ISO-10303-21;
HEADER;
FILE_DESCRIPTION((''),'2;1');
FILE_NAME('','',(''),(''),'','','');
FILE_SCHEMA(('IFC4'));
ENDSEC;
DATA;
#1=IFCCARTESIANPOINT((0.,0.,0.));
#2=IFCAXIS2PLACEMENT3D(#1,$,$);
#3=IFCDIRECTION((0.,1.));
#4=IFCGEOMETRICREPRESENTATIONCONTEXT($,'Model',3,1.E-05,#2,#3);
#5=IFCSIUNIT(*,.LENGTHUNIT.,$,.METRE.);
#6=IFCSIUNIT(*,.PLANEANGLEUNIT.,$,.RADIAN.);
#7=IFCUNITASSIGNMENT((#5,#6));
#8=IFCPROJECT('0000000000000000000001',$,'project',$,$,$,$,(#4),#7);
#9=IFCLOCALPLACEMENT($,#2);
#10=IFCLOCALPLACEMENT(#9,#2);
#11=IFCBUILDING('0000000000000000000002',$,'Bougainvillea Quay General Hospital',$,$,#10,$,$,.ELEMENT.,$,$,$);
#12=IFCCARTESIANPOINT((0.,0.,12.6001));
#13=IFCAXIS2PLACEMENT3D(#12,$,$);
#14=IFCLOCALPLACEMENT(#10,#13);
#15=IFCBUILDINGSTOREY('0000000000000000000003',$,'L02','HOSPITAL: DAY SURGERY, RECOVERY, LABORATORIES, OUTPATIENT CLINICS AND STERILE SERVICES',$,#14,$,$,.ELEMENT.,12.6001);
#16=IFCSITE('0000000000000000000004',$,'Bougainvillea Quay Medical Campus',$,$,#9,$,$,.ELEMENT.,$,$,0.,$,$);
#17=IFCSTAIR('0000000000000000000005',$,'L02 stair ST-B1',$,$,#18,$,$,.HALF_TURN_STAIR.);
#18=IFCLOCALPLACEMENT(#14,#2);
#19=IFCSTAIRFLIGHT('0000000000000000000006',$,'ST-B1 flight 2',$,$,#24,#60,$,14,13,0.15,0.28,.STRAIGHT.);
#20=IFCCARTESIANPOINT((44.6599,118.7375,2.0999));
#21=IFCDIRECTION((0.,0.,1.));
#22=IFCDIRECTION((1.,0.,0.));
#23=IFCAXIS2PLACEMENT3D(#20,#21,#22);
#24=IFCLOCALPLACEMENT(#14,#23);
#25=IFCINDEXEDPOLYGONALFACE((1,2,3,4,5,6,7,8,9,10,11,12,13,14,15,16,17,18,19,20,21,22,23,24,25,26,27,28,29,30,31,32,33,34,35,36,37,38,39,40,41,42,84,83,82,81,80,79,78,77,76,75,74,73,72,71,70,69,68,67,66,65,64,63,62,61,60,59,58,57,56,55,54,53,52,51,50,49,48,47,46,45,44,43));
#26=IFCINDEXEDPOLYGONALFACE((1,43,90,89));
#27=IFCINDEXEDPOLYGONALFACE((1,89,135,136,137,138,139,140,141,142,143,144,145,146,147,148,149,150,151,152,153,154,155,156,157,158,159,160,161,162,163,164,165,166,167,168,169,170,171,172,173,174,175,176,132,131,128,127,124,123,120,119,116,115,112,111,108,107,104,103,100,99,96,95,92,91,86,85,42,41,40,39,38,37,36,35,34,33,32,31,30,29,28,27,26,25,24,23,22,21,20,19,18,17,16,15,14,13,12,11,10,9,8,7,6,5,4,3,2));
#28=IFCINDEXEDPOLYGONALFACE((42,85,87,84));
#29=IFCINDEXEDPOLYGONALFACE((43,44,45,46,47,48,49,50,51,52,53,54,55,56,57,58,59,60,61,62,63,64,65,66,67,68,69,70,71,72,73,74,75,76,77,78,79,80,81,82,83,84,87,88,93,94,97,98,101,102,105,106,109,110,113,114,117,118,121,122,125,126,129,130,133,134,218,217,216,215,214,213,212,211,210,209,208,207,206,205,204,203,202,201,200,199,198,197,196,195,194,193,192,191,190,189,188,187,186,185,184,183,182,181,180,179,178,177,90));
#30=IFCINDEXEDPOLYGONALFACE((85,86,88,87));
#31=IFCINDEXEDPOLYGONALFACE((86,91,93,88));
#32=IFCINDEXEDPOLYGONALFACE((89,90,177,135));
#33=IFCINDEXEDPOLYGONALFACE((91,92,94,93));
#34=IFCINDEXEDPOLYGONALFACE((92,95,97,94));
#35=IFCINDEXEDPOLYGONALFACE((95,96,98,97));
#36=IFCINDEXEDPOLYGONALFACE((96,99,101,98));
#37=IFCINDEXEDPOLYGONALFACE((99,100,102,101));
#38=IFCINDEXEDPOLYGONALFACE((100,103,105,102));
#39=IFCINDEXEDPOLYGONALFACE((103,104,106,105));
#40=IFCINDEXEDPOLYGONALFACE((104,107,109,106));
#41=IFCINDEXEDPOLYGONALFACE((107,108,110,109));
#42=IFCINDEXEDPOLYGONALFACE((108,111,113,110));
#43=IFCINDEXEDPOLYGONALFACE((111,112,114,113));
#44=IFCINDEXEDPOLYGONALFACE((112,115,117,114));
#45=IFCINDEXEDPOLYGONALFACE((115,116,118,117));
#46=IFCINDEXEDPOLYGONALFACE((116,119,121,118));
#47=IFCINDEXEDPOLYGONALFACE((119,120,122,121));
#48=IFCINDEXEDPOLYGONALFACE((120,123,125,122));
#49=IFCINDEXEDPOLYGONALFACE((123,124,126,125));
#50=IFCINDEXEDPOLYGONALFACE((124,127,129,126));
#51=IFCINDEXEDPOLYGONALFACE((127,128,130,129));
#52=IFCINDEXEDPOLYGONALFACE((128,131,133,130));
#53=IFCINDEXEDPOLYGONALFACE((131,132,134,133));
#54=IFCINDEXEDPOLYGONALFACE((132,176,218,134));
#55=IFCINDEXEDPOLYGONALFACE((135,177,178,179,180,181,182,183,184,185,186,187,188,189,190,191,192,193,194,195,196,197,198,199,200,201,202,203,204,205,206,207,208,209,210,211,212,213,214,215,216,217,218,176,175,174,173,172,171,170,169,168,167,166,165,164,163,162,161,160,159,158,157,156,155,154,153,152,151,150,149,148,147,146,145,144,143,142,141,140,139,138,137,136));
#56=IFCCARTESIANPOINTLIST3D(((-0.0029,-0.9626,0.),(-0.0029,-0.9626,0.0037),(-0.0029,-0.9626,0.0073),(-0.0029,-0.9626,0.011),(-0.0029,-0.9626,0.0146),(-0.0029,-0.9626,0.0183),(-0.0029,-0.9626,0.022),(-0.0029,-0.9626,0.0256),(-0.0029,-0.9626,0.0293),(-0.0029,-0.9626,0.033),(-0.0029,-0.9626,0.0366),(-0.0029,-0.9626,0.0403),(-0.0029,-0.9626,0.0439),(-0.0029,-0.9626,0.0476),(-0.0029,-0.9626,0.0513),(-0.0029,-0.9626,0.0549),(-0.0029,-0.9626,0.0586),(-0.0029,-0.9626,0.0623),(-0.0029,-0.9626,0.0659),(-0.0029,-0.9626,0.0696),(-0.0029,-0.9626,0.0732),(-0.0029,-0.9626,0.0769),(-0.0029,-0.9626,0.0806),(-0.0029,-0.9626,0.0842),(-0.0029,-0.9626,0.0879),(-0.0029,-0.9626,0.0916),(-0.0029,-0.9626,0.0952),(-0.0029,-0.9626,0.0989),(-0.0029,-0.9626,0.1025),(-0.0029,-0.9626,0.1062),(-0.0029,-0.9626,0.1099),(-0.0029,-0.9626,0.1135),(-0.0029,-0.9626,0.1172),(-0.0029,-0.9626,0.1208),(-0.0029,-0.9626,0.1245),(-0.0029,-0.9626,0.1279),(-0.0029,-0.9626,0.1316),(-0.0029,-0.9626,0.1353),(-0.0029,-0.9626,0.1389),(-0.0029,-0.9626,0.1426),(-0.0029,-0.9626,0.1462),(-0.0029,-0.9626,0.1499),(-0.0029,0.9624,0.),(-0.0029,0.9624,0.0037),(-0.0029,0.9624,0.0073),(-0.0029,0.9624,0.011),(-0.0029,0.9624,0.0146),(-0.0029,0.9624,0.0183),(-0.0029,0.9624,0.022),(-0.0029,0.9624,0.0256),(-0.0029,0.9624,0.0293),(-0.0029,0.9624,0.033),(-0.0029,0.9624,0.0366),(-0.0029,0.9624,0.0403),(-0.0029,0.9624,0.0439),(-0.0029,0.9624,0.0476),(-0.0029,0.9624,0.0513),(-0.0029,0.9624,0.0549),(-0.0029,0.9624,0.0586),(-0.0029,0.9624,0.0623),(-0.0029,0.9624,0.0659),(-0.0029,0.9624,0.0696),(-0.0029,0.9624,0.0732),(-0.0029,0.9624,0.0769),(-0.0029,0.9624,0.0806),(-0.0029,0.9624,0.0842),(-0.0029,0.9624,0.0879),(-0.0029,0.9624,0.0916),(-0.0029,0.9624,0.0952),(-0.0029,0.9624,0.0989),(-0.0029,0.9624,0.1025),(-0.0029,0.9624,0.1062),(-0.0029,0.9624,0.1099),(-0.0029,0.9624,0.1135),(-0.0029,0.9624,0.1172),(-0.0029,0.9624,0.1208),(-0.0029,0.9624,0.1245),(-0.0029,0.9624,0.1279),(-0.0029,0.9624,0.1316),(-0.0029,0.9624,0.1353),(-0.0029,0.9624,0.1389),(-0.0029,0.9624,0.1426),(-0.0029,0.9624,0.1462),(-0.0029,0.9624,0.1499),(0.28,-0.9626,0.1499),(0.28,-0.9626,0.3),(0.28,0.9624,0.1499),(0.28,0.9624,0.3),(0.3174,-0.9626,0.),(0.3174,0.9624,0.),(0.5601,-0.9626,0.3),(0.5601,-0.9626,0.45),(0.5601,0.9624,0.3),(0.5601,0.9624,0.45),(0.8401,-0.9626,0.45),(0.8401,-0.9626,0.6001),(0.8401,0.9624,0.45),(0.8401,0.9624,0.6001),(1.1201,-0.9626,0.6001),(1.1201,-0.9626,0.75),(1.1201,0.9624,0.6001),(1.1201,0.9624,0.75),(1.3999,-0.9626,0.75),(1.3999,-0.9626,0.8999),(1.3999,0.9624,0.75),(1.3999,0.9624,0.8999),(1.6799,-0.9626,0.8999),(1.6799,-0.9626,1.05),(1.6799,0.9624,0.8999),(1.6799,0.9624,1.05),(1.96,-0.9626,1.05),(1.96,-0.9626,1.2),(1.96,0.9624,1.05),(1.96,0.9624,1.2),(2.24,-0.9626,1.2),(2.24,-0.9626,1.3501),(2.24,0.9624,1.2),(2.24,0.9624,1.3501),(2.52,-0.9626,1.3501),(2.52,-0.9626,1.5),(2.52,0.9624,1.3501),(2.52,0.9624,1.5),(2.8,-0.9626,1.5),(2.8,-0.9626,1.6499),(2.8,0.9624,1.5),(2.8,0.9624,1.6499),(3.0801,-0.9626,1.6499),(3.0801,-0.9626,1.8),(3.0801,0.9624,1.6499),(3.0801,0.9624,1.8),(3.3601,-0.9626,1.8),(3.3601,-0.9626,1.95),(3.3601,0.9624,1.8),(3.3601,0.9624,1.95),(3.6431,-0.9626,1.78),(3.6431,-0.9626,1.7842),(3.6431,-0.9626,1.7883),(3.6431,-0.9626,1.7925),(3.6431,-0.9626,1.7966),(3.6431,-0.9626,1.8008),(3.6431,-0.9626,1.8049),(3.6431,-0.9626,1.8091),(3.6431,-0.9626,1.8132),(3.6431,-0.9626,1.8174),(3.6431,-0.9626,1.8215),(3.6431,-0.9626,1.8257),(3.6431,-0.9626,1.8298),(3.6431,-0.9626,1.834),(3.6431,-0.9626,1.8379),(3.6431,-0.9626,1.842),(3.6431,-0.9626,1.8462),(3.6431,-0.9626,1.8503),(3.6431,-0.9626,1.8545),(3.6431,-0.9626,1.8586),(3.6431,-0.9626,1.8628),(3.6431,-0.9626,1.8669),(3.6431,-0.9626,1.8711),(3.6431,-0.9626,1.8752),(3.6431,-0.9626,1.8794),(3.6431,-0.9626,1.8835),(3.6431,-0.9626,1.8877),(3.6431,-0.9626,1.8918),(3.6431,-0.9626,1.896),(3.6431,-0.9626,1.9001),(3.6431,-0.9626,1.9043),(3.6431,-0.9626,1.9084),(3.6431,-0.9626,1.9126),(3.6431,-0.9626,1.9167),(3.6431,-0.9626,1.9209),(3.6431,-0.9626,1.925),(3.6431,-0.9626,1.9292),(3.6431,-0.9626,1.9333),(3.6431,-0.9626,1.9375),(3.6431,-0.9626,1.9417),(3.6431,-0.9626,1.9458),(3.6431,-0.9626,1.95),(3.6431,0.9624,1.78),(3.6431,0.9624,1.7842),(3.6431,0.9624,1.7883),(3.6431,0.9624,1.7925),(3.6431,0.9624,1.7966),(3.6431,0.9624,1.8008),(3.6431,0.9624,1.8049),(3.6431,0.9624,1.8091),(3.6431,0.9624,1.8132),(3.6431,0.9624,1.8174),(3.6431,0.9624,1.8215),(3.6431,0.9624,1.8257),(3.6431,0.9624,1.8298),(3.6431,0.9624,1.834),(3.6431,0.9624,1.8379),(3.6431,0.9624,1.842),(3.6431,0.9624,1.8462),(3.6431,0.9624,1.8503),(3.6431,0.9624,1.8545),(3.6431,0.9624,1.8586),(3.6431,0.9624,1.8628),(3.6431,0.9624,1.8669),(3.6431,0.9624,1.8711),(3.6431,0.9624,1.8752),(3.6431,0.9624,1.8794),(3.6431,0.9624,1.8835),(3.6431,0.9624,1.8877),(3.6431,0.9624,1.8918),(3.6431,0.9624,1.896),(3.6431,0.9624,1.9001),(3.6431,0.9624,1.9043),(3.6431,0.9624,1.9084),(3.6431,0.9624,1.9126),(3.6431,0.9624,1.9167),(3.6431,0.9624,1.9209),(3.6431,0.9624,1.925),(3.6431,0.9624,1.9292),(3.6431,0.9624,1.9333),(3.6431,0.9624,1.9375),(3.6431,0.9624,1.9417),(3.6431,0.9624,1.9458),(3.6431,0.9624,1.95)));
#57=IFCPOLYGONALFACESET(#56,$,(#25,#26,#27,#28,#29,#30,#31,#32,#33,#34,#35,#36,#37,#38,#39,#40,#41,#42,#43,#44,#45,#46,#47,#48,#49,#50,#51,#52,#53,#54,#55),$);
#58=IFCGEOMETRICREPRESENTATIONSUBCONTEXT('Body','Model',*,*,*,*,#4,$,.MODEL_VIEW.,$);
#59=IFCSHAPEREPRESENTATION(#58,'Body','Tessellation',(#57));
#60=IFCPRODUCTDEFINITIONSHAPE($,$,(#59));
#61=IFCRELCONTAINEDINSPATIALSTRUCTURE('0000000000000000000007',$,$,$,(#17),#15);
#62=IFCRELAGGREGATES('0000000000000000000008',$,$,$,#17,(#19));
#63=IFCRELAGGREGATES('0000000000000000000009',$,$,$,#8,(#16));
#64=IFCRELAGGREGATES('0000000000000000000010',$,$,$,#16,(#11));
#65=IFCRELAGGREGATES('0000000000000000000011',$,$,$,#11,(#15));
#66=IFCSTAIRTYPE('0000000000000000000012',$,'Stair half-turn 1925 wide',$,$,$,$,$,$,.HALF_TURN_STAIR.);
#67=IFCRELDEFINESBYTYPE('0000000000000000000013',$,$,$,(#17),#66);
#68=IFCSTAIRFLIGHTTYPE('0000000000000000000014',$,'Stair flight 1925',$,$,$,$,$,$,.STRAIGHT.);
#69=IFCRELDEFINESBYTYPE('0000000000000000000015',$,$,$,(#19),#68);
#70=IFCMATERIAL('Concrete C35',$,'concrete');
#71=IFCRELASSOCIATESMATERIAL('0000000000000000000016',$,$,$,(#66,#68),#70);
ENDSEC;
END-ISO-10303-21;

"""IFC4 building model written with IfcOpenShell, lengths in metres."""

from ifc_helpers import new_model, si_unit, direction, frame, origin, place, context, subcontext, project, spatial, polyline, outline, extrude, material, type_object, element, aggregate, save


model = new_model("IFC4")

# Units and contexts
model_context = context("Model", 3, precision=1e-05, world=origin(), true_north=direction((0.0, 1.0)))
body_context = subcontext(model_context, "Body", "Model", "MODEL_VIEW")
ifc_project = project(units=[si_unit("LENGTHUNIT", "METRE"), si_unit("PLANEANGLEUNIT", "RADIAN")], contexts=[model_context])

# Site, building, storey
site_placement = place(None, origin())
site = spatial("IfcSite", under=ifc_project, at=site_placement, Name="Bougainvillea Quay Medical Campus", CompositionType="ELEMENT", RefElevation=0.0)
building_placement = place(site_placement, origin())
building = spatial("IfcBuilding", under=site, at=building_placement, Name="Bougainvillea Quay General Hospital", CompositionType="ELEMENT")
storey_placement = place(building_placement, frame((0.0, 0.0, 12.6001)))
storey = spatial("IfcBuildingStorey", under=building, at=storey_placement, Name="L02", Description="HOSPITAL: DAY SURGERY, RECOVERY, LABORATORIES, OUTPATIENT CLINICS AND STERILE SERVICES", CompositionType="ELEMENT", Elevation=12.6001)

# Stair, stair flight
ifc_material_1 = material(Name="Concrete C35", Category="concrete")
stair_type = type_object("IfcStairType", Name="Stair half-turn 1925 wide", PredefinedType="HALF_TURN_STAIR", material=ifc_material_1)
stair_placement = place(storey_placement, origin())
stair = element("IfcStair", 1, at=stair_placement, inside=storey, type_object=stair_type, Name="L02 stair ST-B1", PredefinedType="HALF_TURN_STAIR")
stair_flight_type = type_object("IfcStairFlightType", Name="Stair flight 1925", PredefinedType="STRAIGHT", material=ifc_material_1)
stair_flight_1_placement = place(storey_placement, frame((44.6599, 118.7375, 2.0999), z_axis=(0.0, 0.0, 1.0), x_axis=(1.0, 0.0, 0.0)))
stair_flight_1 = element("IfcStairFlight", 2, at=stair_flight_1_placement, type_object=stair_flight_type, Name="ST-B1 flight 2", NumberOfRisers=14, NumberOfTreads=13, PredefinedType="STRAIGHT", RiserHeight=0.15, TreadLength=0.28, context=body_context, shape_type="SweptSolid", body=[
    extrude(outline(polyline([(-0.0029, 0.0), (-0.0029, 0.0037), (-0.0029, 0.0073), (-0.0029, 0.011), (-0.0029, 0.0146), (-0.0029, 0.0183), (-0.0029, 0.022), (-0.0029, 0.0256), (-0.0029, 0.0293), (-0.0029, 0.033), (-0.0029, 0.0366), (-0.0029, 0.0403), (-0.0029, 0.0439), (-0.0029, 0.0476), (-0.0029, 0.0513), (-0.0029, 0.0549), (-0.0029, 0.0586), (-0.0029, 0.0623), (-0.0029, 0.0659), (-0.0029, 0.0696), (-0.0029, 0.0732), (-0.0029, 0.0769), (-0.0029, 0.0806), (-0.0029, 0.0842), (-0.0029, 0.0879), (-0.0029, 0.0916), (-0.0029, 0.0952), (-0.0029, 0.0989), (-0.0029, 0.1025), (-0.0029, 0.1062), (-0.0029, 0.1099), (-0.0029, 0.1135), (-0.0029, 0.1172), (-0.0029, 0.1208), (-0.0029, 0.1245), (-0.0029, 0.1279), (-0.0029, 0.1316), (-0.0029, 0.1353), (-0.0029, 0.1389), (-0.0029, 0.1426), (-0.0029, 0.1462), (-0.0029, 0.1499), (0.28, 0.1499), (0.28, 0.3), (0.5601, 0.3), (0.5601, 0.45), (0.8401, 0.45), (0.8401, 0.6001), (1.1201, 0.6001), (1.1201, 0.75), (1.3999, 0.75), (1.3999, 0.8999), (1.6799, 0.8999), (1.6799, 1.05), (1.96, 1.05), (1.96, 1.2), (2.24, 1.2), (2.24, 1.3501), (2.52, 1.3501), (2.52, 1.5), (2.8, 1.5), (2.8, 1.6499), (3.0801, 1.6499), (3.0801, 1.8), (3.3601, 1.8), (3.3601, 1.95), (3.6431, 1.95), (3.6431, 1.9458), (3.6431, 1.9417), (3.6431, 1.9375), (3.6431, 1.9333), (3.6431, 1.9292), (3.6431, 1.925), (3.6431, 1.9209), (3.6431, 1.9167), (3.6431, 1.9126), (3.6431, 1.9084), (3.6431, 1.9043), (3.6431, 1.9001), (3.6431, 1.896), (3.6431, 1.8918), (3.6431, 1.8877), (3.6431, 1.8835), (3.6431, 1.8794), (3.6431, 1.8752), (3.6431, 1.8711), (3.6431, 1.8669), (3.6431, 1.8628), (3.6431, 1.8586), (3.6431, 1.8545), (3.6431, 1.8503), (3.6431, 1.8462), (3.6431, 1.842), (3.6431, 1.8379), (3.6431, 1.834), (3.6431, 1.8298), (3.6431, 1.8257), (3.6431, 1.8215), (3.6431, 1.8174), (3.6431, 1.8132), (3.6431, 1.8091), (3.6431, 1.8049), (3.6431, 1.8008), (3.6431, 1.7966), (3.6431, 1.7925), (3.6431, 1.7883), (3.6431, 1.7842), (3.6431, 1.78), (0.3174, 0.0), (-0.0029, 0.0)])), frame((0.0, 0.9624, 0.0), z_axis=(0.0, -1.0, 0.0), x_axis=(1.0, 0.0, 0.0)), (0.0, 0.0, 1.0), 1.925),
])
aggregate(stair, [stair_flight_1])

save(model, "model.ifc")
